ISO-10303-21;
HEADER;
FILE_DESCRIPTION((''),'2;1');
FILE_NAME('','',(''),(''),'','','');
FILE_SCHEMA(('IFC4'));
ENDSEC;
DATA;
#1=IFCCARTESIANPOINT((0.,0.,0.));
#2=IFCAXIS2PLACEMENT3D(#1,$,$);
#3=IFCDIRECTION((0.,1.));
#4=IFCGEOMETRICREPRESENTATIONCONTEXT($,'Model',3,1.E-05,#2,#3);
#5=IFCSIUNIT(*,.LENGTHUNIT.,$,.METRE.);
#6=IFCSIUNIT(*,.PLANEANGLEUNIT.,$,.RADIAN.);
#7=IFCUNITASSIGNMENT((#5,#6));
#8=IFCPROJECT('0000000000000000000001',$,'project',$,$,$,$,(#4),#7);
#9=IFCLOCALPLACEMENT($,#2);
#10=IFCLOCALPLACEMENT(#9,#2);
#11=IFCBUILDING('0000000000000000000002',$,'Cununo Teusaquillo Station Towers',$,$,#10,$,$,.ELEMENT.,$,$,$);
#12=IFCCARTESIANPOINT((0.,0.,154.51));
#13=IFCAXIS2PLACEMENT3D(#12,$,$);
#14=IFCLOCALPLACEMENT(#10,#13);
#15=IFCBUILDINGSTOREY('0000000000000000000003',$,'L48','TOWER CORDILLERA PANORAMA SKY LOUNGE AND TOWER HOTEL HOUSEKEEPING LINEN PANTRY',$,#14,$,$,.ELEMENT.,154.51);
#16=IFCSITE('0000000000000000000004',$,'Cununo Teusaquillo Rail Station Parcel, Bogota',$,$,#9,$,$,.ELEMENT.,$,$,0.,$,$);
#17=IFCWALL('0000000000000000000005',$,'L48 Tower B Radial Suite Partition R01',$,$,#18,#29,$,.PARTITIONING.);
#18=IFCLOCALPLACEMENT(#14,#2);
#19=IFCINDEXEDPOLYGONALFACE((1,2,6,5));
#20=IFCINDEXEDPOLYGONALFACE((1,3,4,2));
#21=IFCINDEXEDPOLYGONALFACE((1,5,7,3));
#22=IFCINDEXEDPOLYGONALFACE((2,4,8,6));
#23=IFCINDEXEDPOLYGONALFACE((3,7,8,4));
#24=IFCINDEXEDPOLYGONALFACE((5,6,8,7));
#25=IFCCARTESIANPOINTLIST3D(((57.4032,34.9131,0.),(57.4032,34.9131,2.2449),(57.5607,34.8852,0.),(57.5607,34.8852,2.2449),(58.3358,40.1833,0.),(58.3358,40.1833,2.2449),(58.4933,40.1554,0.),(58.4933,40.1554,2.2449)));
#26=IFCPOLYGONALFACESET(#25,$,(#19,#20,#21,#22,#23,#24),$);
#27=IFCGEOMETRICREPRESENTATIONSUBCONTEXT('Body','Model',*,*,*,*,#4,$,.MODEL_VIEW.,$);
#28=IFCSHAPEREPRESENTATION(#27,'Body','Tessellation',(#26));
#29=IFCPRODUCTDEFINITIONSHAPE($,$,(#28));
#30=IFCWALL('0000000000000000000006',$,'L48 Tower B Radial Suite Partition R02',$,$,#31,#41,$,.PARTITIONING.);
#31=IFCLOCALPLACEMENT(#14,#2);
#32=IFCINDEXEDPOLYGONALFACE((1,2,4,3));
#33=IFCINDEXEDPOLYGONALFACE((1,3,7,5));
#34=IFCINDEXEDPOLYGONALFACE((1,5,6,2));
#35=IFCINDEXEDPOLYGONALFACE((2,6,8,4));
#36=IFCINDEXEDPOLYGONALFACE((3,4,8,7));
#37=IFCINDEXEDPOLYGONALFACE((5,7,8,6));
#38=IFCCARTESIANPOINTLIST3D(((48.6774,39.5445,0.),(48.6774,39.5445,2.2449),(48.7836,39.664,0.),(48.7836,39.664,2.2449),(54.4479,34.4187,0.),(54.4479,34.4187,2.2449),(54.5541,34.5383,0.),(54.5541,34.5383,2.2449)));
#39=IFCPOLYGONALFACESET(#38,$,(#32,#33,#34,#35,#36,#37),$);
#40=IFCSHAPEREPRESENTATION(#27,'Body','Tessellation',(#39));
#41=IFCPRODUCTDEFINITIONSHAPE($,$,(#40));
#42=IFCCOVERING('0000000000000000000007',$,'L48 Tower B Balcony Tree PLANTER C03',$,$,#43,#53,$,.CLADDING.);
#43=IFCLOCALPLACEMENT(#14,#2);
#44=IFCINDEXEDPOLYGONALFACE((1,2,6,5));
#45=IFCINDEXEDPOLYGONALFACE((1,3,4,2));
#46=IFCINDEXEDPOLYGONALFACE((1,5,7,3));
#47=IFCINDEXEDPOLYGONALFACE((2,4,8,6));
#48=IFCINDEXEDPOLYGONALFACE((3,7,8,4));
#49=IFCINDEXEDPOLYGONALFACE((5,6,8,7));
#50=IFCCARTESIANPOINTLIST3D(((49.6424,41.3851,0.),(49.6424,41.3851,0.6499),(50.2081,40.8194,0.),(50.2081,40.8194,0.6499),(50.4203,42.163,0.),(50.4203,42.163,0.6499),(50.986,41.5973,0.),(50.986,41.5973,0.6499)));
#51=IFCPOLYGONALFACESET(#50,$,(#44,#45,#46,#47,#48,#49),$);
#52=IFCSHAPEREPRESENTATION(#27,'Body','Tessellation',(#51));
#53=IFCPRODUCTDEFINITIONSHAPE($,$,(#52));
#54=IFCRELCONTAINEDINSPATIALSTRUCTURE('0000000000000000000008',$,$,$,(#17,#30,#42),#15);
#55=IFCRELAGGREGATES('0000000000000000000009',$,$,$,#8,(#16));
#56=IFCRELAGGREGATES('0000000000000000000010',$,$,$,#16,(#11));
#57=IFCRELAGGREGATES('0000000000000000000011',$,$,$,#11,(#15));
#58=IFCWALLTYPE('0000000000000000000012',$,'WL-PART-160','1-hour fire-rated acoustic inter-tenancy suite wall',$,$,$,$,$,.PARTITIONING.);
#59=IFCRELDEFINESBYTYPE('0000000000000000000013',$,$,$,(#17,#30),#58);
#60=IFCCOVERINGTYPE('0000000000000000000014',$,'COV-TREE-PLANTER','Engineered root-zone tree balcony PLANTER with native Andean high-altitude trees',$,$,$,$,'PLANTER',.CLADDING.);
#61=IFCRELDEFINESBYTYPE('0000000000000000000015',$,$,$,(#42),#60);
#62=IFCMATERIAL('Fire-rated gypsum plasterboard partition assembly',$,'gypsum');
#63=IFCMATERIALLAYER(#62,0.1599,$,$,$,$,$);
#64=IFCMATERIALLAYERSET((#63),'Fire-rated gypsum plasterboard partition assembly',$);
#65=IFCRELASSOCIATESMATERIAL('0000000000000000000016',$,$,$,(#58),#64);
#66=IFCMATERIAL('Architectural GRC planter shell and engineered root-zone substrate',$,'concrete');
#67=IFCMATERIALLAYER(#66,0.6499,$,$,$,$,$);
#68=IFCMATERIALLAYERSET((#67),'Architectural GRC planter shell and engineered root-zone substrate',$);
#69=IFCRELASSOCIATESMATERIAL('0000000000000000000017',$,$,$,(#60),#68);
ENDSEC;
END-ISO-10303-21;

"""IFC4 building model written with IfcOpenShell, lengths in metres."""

from ifc_helpers import new_model, si_unit, direction, frame, frame_2d, origin, origin_2d, place, context, subcontext, project, spatial, rectangle, extrude, source, transform, mapped, material, layer, layer_set, type_object, element, save


model = new_model("IFC4")

# Units and contexts
model_context = context("Model", 3, precision=1e-05, world=origin(), true_north=direction((0.0, 1.0)))
body_context = subcontext(model_context, "Body", "Model", "MODEL_VIEW")
ifc_project = project(units=[si_unit("LENGTHUNIT", "METRE"), si_unit("PLANEANGLEUNIT", "RADIAN")], contexts=[model_context])

# Site, building, storey
site_placement = place(None, origin())
site = spatial("IfcSite", under=ifc_project, at=site_placement, Name="Cununo Teusaquillo Rail Station Parcel, Bogota", CompositionType="ELEMENT", RefElevation=0.0)
building_placement = place(site_placement, origin())
building = spatial("IfcBuilding", under=site, at=building_placement, Name="Cununo Teusaquillo Station Towers", CompositionType="ELEMENT")
storey_placement = place(building_placement, frame((0.0, 0.0, 154.51)))
storey = spatial("IfcBuildingStorey", under=building, at=storey_placement, Name="L48", Description="TOWER CORDILLERA PANORAMA SKY LOUNGE AND TOWER HOTEL HOUSEKEEPING LINEN PANTRY", CompositionType="ELEMENT", Elevation=154.51)

# Walls
ifc_material_1 = material(Name="Fire-rated gypsum plasterboard partition assembly", Category="gypsum")
ifc_layer_1 = layer(ifc_material_1, 0.1599)
ifc_layer_set_1 = layer_set([ifc_layer_1], Name="Fire-rated gypsum plasterboard partition assembly")
wall_type_1 = type_object("IfcWallType", Name="WL-PART-160", Description="1-hour fire-rated acoustic inter-tenancy suite wall", PredefinedType="PARTITIONING", material=ifc_layer_set_1)
wall_1_placement = place(storey_placement, frame((57.4819, 34.8992, 0.0), z_axis=(0.0, 0.0, 1.0), x_axis=(0.174251, 0.984701, 0.0)))
element("IfcWall", 1, at=wall_1_placement, inside=storey, type_object=wall_type_1, Name="L48 Tower B Radial Suite Partition R01", PredefinedType="PARTITIONING", context=body_context, shape_type="SweptSolid", body=[
    extrude(rectangle(XDim=5.3521, YDim=0.1599, at=frame_2d((2.676, 0.0))), origin(), (0.0, 0.0, 1.0), 2.2449),
])
wall_2_placement = place(storey_placement, frame((54.501, 34.4785, 0.0), z_axis=(0.0, 0.0, 1.0), x_axis=(-0.747641, 0.664103, 0.0)))
element("IfcWall", 2, at=wall_2_placement, inside=storey, type_object=wall_type_1, Name="L48 Tower B Radial Suite Partition R02", PredefinedType="PARTITIONING", context=body_context, shape_type="SweptSolid", body=[
    extrude(rectangle(XDim=7.7183, YDim=0.1599, at=frame_2d((3.8591, 0.0))), origin(), (0.0, 0.0, 1.0), 2.2449),
])

# Covering
ifc_material_2 = material(Name="Architectural GRC planter shell and engineered root-zone substrate", Category="concrete")
ifc_layer_2 = layer(ifc_material_2, 0.6499)
ifc_layer_set_2 = layer_set([ifc_layer_2], Name="Architectural GRC planter shell and engineered root-zone substrate")
covering_type = type_object("IfcCoveringType", Name="COV-TREE-PLANTER", Description="Engineered root-zone tree balcony PLANTER with native Andean high-altitude trees", ElementType="PLANTER", PredefinedType="CLADDING", material=ifc_layer_set_2)
shared_shape_1 = source(origin(), body_context, "Body", "SweptSolid", [
    extrude(rectangle(XDim=1.1001, YDim=0.8, at=origin_2d()), origin(), (0.0, 0.0, 1.0), 0.6499),
])
covering_placement = place(storey_placement, frame((50.3142, 41.4912, 0.0), z_axis=(0.0, 0.0, 1.0), x_axis=(0.707107, 0.707107, 0.0)))
element("IfcCovering", 3, at=covering_placement, inside=storey, type_object=covering_type, Name="L48 Tower B Balcony Tree PLANTER C03", PredefinedType="CLADDING", context=body_context, shape_type="MappedRepresentation", body=[
    mapped(shared_shape_1, transform((0.0, 0.0, 0.0), x_axis=(1.0, 0.0, 0.0), y_axis=(0.0, 1.0, 0.0), z_axis=(0.0, 0.0, 1.0), scale=1.0)),
])

save(model, "model.ifc")
